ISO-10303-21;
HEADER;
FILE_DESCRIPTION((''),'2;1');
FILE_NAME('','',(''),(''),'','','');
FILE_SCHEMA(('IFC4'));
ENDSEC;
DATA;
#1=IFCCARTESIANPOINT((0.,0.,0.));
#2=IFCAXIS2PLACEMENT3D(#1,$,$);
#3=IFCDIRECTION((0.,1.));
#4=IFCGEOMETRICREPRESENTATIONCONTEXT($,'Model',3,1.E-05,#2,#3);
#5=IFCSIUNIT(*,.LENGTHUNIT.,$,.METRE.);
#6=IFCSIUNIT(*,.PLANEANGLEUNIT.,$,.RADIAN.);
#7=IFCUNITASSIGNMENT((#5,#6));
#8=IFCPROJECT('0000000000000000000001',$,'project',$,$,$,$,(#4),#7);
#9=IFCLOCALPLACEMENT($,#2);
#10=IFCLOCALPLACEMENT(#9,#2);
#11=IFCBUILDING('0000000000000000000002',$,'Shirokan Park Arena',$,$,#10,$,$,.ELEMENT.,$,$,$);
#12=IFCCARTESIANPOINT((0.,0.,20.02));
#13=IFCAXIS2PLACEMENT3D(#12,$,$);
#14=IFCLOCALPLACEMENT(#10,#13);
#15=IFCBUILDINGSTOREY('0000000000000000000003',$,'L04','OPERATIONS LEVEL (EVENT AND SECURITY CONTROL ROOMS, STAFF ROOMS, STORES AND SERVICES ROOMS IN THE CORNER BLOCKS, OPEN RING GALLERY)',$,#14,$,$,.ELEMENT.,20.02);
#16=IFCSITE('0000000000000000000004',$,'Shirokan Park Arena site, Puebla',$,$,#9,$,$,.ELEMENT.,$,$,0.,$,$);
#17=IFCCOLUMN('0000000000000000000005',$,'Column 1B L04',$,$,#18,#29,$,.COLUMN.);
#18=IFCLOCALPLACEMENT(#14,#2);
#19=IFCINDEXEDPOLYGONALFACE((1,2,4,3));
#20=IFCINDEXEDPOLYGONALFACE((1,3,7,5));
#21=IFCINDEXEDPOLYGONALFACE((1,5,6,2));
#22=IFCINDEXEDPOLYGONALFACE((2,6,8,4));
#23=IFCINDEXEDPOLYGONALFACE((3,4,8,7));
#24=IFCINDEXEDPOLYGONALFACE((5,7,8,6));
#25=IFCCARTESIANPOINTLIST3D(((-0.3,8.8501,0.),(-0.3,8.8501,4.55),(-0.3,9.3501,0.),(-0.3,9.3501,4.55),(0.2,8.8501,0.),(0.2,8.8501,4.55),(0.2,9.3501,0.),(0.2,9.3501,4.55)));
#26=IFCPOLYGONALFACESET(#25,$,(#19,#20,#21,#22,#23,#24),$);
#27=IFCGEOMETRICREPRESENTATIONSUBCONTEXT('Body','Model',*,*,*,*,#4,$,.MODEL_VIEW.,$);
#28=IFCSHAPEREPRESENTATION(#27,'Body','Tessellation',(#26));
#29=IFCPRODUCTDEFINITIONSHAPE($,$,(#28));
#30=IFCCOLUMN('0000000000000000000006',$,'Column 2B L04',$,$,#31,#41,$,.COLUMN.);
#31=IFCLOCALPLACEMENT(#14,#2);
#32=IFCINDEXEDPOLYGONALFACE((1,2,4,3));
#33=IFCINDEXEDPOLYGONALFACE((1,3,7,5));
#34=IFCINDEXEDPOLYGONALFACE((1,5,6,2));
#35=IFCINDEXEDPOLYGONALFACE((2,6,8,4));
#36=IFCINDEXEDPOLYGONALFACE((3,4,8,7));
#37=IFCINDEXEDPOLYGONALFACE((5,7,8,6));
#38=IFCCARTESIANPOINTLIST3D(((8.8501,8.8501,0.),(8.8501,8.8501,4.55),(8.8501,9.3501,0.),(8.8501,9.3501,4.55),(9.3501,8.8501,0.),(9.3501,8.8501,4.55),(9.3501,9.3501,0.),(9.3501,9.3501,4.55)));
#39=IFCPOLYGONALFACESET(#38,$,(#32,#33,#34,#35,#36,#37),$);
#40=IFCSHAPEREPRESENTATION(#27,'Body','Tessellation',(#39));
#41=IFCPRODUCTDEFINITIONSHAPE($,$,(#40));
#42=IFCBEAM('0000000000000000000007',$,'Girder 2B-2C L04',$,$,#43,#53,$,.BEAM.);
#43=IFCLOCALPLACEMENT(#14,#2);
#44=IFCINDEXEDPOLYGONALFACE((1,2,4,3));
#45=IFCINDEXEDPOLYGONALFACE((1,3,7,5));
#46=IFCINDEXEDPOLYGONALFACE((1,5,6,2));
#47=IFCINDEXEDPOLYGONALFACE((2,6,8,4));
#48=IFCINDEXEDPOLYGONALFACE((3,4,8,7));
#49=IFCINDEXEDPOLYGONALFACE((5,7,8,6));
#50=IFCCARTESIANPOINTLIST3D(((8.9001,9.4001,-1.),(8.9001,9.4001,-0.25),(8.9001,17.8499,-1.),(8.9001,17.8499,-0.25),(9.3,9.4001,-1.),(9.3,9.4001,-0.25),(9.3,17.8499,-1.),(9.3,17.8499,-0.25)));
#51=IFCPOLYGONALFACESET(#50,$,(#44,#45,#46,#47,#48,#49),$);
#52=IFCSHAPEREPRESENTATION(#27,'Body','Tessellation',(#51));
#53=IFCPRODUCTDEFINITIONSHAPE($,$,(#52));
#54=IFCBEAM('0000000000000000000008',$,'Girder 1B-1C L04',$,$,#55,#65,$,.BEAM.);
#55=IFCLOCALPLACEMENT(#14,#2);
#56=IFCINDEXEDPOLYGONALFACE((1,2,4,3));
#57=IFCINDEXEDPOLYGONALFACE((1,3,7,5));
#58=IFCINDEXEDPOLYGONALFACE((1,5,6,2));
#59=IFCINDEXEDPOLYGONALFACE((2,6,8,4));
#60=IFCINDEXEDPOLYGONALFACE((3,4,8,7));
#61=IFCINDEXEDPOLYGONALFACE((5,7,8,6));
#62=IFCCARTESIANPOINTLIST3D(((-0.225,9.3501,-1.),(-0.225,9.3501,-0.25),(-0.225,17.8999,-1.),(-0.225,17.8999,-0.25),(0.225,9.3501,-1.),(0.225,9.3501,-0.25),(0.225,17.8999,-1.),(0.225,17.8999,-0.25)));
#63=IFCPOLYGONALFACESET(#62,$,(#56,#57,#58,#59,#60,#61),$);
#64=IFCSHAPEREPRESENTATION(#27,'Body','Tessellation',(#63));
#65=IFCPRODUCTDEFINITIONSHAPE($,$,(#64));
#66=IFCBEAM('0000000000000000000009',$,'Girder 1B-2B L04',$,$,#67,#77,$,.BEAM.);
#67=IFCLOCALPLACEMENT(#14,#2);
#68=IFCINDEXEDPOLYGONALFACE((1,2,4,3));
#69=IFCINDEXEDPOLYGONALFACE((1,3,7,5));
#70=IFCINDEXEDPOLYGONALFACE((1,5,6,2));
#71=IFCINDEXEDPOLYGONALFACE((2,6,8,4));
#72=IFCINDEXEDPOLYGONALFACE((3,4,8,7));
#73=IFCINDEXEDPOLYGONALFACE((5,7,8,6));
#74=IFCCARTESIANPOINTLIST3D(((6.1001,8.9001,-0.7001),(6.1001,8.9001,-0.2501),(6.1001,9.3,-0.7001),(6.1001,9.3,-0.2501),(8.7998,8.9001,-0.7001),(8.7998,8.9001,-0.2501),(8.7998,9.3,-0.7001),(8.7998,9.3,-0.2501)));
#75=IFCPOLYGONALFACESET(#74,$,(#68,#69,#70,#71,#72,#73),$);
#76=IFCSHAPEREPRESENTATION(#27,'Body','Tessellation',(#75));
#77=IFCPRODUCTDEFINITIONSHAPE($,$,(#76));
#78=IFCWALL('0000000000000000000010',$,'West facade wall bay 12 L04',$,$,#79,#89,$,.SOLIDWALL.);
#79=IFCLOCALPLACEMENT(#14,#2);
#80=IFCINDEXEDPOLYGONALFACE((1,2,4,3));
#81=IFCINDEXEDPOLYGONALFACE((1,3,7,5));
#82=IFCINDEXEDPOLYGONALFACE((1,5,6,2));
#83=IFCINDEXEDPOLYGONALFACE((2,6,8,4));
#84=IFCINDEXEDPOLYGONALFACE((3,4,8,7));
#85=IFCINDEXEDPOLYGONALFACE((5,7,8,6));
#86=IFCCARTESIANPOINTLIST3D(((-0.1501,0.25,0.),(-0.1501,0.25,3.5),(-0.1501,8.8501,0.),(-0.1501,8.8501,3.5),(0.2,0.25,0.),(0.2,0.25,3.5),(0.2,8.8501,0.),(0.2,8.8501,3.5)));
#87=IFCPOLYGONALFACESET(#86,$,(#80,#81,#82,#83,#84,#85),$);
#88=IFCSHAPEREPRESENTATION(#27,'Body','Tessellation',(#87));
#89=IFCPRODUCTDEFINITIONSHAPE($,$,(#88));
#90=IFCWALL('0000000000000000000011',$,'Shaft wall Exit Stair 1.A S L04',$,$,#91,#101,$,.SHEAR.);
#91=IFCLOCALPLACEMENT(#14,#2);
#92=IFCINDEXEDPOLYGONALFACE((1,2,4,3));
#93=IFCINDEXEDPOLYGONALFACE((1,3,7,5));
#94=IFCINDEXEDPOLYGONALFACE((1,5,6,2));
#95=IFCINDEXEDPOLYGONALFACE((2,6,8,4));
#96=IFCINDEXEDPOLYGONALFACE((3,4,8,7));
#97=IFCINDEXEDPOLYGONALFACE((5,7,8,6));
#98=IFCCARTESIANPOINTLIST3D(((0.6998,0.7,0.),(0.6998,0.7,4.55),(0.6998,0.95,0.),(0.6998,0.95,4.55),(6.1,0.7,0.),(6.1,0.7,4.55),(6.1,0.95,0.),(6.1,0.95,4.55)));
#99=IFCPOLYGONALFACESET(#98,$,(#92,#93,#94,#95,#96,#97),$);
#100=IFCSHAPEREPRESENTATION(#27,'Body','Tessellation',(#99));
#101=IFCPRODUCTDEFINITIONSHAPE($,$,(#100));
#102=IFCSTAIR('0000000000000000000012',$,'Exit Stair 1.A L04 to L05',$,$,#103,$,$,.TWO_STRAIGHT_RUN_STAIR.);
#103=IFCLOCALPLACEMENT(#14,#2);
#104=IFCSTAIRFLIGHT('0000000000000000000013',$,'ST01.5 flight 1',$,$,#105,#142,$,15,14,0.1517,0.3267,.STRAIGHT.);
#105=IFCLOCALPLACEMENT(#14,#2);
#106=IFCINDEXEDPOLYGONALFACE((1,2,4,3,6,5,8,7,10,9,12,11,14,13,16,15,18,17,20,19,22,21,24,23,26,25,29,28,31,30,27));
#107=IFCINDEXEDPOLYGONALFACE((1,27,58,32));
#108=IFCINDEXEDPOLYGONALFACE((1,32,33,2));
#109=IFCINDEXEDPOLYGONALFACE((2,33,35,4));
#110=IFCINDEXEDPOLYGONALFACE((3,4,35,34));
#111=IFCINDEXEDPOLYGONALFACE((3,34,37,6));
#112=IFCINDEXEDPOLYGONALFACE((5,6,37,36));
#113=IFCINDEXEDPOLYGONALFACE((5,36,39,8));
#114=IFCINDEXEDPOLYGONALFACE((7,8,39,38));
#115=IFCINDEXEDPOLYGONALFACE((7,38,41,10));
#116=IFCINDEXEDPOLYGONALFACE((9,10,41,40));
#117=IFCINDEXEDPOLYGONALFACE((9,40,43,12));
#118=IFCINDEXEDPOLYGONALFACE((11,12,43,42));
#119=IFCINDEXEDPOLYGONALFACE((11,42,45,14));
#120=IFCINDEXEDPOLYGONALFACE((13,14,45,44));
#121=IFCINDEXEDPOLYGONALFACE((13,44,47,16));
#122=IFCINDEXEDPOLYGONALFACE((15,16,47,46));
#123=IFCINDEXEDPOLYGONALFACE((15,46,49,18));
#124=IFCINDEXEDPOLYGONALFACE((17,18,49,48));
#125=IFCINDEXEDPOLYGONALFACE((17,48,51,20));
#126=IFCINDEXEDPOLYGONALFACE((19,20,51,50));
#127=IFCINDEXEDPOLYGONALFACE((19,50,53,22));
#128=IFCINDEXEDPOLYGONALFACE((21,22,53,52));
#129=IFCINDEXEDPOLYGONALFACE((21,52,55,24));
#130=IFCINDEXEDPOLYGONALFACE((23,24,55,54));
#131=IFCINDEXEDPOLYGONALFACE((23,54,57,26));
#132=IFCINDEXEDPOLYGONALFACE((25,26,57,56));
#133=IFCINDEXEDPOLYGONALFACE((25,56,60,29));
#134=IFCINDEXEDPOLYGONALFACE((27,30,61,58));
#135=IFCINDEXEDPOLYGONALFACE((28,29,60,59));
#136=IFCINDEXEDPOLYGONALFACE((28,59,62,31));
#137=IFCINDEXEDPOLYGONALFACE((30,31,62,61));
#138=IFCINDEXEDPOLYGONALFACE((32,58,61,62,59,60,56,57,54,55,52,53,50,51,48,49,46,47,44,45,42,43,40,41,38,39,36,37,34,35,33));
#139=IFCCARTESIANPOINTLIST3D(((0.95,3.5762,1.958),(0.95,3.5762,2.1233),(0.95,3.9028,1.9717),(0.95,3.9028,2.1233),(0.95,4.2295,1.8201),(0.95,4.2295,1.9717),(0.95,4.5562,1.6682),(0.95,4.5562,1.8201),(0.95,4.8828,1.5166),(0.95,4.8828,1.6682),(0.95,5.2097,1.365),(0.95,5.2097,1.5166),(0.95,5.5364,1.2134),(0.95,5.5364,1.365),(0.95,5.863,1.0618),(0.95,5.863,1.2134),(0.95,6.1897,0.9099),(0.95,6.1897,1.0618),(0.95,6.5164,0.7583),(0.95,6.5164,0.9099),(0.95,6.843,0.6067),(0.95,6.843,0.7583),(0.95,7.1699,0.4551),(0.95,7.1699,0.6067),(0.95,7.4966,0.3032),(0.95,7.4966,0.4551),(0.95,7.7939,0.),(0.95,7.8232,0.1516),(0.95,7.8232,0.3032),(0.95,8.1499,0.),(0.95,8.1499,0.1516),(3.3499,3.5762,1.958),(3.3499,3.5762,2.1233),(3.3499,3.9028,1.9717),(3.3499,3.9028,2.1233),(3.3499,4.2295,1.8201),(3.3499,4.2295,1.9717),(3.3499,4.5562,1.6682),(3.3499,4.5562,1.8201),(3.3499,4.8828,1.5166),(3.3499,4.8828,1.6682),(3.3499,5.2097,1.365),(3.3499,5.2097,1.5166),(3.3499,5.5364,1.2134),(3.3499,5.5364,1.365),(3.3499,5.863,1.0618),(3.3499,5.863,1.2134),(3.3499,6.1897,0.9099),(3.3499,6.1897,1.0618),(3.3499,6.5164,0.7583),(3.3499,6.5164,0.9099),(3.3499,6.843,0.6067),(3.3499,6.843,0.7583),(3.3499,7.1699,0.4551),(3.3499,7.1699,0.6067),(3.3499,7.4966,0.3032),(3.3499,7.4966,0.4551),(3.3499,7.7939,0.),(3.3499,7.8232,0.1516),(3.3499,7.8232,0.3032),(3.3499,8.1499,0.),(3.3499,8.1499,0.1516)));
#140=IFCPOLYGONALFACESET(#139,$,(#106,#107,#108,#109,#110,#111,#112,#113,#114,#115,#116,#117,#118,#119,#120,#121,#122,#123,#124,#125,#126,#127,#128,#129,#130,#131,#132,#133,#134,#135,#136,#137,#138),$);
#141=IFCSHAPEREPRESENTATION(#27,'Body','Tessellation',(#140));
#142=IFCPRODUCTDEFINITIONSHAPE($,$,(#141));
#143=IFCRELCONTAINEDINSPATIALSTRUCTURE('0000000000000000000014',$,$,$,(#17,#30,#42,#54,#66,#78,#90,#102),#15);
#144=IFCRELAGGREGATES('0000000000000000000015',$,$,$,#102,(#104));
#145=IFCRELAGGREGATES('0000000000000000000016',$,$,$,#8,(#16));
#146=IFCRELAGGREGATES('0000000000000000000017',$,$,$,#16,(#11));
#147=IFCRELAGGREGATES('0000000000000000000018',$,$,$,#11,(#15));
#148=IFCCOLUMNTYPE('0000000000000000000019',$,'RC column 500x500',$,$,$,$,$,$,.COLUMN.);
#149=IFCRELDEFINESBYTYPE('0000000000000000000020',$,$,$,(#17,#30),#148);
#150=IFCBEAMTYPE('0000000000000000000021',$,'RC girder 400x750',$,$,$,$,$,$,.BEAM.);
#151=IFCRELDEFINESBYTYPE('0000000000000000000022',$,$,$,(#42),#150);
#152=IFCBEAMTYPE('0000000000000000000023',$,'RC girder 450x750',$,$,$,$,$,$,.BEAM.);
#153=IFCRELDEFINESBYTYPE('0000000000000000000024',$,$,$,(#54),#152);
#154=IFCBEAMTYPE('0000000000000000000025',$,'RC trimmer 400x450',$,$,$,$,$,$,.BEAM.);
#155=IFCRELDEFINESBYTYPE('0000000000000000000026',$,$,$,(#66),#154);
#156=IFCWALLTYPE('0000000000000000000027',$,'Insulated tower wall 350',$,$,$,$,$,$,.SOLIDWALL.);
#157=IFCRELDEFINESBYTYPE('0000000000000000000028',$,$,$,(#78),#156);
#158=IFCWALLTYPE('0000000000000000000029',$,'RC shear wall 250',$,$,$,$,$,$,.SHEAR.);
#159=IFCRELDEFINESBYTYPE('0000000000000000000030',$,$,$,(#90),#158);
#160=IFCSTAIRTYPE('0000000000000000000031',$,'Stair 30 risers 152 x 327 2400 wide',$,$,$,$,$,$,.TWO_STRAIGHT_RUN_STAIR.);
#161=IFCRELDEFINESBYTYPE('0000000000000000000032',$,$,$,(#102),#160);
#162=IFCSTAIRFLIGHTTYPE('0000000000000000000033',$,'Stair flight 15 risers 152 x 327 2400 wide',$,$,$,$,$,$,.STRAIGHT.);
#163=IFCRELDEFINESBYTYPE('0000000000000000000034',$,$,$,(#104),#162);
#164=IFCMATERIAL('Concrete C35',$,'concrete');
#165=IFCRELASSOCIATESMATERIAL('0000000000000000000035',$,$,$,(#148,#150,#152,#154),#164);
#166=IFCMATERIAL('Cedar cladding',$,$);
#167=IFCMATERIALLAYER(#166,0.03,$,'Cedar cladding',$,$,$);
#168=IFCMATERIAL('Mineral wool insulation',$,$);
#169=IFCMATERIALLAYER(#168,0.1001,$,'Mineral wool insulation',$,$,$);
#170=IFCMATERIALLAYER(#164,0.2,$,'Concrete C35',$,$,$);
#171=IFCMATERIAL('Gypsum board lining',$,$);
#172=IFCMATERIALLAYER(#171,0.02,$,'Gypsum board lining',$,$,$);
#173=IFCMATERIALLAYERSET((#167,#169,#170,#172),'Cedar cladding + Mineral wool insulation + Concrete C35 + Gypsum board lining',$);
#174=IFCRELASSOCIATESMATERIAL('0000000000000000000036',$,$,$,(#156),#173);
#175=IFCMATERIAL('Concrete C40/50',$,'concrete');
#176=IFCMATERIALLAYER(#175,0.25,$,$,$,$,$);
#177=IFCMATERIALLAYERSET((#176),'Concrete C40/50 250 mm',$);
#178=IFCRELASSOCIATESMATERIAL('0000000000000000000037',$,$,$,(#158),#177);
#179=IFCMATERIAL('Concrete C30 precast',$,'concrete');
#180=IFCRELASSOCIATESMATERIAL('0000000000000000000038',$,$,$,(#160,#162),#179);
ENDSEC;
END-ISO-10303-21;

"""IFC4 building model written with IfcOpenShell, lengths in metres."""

from ifc_helpers import new_model, si_unit, direction, frame, frame_2d, origin, origin_2d, place, context, subcontext, project, spatial, polyline, rectangle, outline, extrude, material, layer, layer_set, material_profile, profile_set, type_object, element, aggregate, save


model = new_model("IFC4")

# Units and contexts
model_context = context("Model", 3, precision=1e-05, world=origin(), true_north=direction((0.0, 1.0)))
body_context = subcontext(model_context, "Body", "Model", "MODEL_VIEW")
ifc_project = project(units=[si_unit("LENGTHUNIT", "METRE"), si_unit("PLANEANGLEUNIT", "RADIAN")], contexts=[model_context])

# Site, building, storey
site_placement = place(None, origin())
site = spatial("IfcSite", under=ifc_project, at=site_placement, Name="Shirokan Park Arena site, Puebla", CompositionType="ELEMENT", RefElevation=0.0)
building_placement = place(site_placement, origin())
building = spatial("IfcBuilding", under=site, at=building_placement, Name="Shirokan Park Arena", CompositionType="ELEMENT")
storey_placement = place(building_placement, frame((0.0, 0.0, 20.02)))
storey = spatial("IfcBuildingStorey", under=building, at=storey_placement, Name="L04", Description="OPERATIONS LEVEL (EVENT AND SECURITY CONTROL ROOMS, STAFF ROOMS, STORES AND SERVICES ROOMS IN THE CORNER BLOCKS, OPEN RING GALLERY)", CompositionType="ELEMENT", Elevation=20.02)

# Columns
ifc_material_1 = material(Name="Concrete C35", Category="concrete")
ifc_material_profile_1 = material_profile(ifc_material_1, rectangle(XDim=0.5, YDim=0.5, at=origin_2d()), Name="500x500")
ifc_profile_set_1 = profile_set([ifc_material_profile_1], Name="Concrete C35")
column_type = type_object("IfcColumnType", Name="RC column 500x500", PredefinedType="COLUMN", material=ifc_profile_set_1)
for number, where, z_axis, x_axis, name in (
    (1, (-0.05, 9.1001, 0.0), (0.0, 0.0, 1.0), (1.0, 0.0, 0.0), "Column 1B L04"),
    (2, (9.1001, 9.1001, 0.0), (0.0, 0.0, 1.0), (1.0, 0.0, 0.0), "Column 2B L04"),
):
    element("IfcColumn", number, at=place(storey_placement, frame(where, z_axis=z_axis, x_axis=x_axis)), inside=storey, type_object=column_type, Name=name, PredefinedType="COLUMN", context=body_context, shape_type="SweptSolid", body=[
        extrude(rectangle(XDim=0.5, YDim=0.5, at=origin_2d()), origin(), (0.0, 0.0, 1.0), 4.55),
    ])

# Beams
ifc_material_profile_2 = material_profile(ifc_material_1, rectangle(XDim=0.3999, YDim=0.75, at=origin_2d()), Name="400x750")
ifc_profile_set_2 = profile_set([ifc_material_profile_2], Name="Concrete C35")
beam_type_1 = type_object("IfcBeamType", Name="RC girder 400x750", PredefinedType="BEAM", material=ifc_profile_set_2)
beam_1_placement = place(storey_placement, frame((9.1001, 9.4001, -0.625), z_axis=(0.0, 1.0, 0.0), x_axis=(-1.0, 0.0, 0.0)))
element("IfcBeam", 3, at=beam_1_placement, inside=storey, type_object=beam_type_1, Name="Girder 2B-2C L04", PredefinedType="BEAM", context=body_context, shape_type="SweptSolid", body=[
    extrude(rectangle(XDim=0.3999, YDim=0.75, at=origin_2d()), origin(), (0.0, 0.0, 1.0), 8.4497),
])
ifc_material_profile_3 = material_profile(ifc_material_1, rectangle(XDim=0.45, YDim=0.75, at=origin_2d()), Name="450x750")
ifc_profile_set_3 = profile_set([ifc_material_profile_3], Name="Concrete C35")
beam_type_2 = type_object("IfcBeamType", Name="RC girder 450x750", PredefinedType="BEAM", material=ifc_profile_set_3)
beam_2_placement = place(storey_placement, frame((0.0, 9.3501, -0.625), z_axis=(0.0, 1.0, 0.0), x_axis=(-1.0, 0.0, 0.0)))
element("IfcBeam", 4, at=beam_2_placement, inside=storey, type_object=beam_type_2, Name="Girder 1B-1C L04", PredefinedType="BEAM", context=body_context, shape_type="SweptSolid", body=[
    extrude(rectangle(XDim=0.45, YDim=0.75, at=origin_2d()), origin(), (0.0, 0.0, 1.0), 8.5498),
])
ifc_material_profile_4 = material_profile(ifc_material_1, rectangle(XDim=0.3999, YDim=0.45, at=origin_2d()), Name="400x450")
ifc_profile_set_4 = profile_set([ifc_material_profile_4], Name="Concrete C35")
beam_type_3 = type_object("IfcBeamType", Name="RC trimmer 400x450", PredefinedType="BEAM", material=ifc_profile_set_4)
beam_3_placement = place(storey_placement, frame((6.1001, 9.1001, -0.4751), z_axis=(1.0, 0.0, 0.0), x_axis=(0.0, 1.0, 0.0)))
element("IfcBeam", 5, at=beam_3_placement, inside=storey, type_object=beam_type_3, Name="Girder 1B-2B L04", PredefinedType="BEAM", context=body_context, shape_type="SweptSolid", body=[
    extrude(rectangle(XDim=0.3999, YDim=0.45, at=origin_2d()), origin(), (0.0, 0.0, 1.0), 2.6997),
])

# Walls
ifc_material_2 = material(Name="Cedar cladding")
ifc_layer_1 = layer(ifc_material_2, 0.03, Name="Cedar cladding")
ifc_material_3 = material(Name="Mineral wool insulation")
ifc_layer_2 = layer(ifc_material_3, 0.1001, Name="Mineral wool insulation")
ifc_layer_3 = layer(ifc_material_1, 0.2, Name="Concrete C35")
ifc_material_4 = material(Name="Gypsum board lining")
ifc_layer_4 = layer(ifc_material_4, 0.02, Name="Gypsum board lining")
ifc_layer_set_1 = layer_set([ifc_layer_1, ifc_layer_2, ifc_layer_3, ifc_layer_4], Name="Cedar cladding + Mineral wool insulation + Concrete C35 + Gypsum board lining")
wall_type_1 = type_object("IfcWallType", Name="Insulated tower wall 350", PredefinedType="SOLIDWALL", material=ifc_layer_set_1)
wall_1_placement = place(storey_placement, frame((0.0249, 8.8501, 0.0), z_axis=(0.0, 0.0, 1.0), x_axis=(0.0, -1.0, 0.0)))
element("IfcWall", 6, at=wall_1_placement, inside=storey, type_object=wall_type_1, Name="West facade wall bay 12 L04", PredefinedType="SOLIDWALL", context=body_context, shape_type="SweptSolid", body=[
    extrude(rectangle(XDim=8.6001, YDim=0.3501, at=frame_2d((4.3, 0.0))), origin(), (0.0, 0.0, 1.0), 3.5),
])
ifc_material_5 = material(Name="Concrete C40/50", Category="concrete")
ifc_layer_5 = layer(ifc_material_5, 0.25)
ifc_layer_set_2 = layer_set([ifc_layer_5], Name="Concrete C40/50 250 mm")
wall_type_2 = type_object("IfcWallType", Name="RC shear wall 250", PredefinedType="SHEAR", material=ifc_layer_set_2)
wall_2_placement = place(storey_placement, frame((6.1001, 0.825, 0.0), z_axis=(0.0, 0.0, 1.0), x_axis=(-1.0, 0.0, 0.0)))
element("IfcWall", 7, at=wall_2_placement, inside=storey, type_object=wall_type_2, Name="Shaft wall Exit Stair 1.A S L04", PredefinedType="SHEAR", context=body_context, shape_type="SweptSolid", body=[
    extrude(rectangle(XDim=5.4001, YDim=0.25, at=frame_2d((2.7002, 0.0))), origin(), (0.0, 0.0, 1.0), 4.55),
])

# Stair, stair flight
ifc_material_6 = material(Name="Concrete C30 precast", Category="concrete")
stair_type = type_object("IfcStairType", Name="Stair 30 risers 152 x 327 2400 wide", PredefinedType="TWO_STRAIGHT_RUN_STAIR", material=ifc_material_6)
stair_placement = place(storey_placement, origin())
stair = element("IfcStair", 8, at=stair_placement, inside=storey, type_object=stair_type, Name="Exit Stair 1.A L04 to L05", PredefinedType="TWO_STRAIGHT_RUN_STAIR")
stair_flight_type = type_object("IfcStairFlightType", Name="Stair flight 15 risers 152 x 327 2400 wide", PredefinedType="STRAIGHT", material=ifc_material_6)
stair_flight_1_placement = place(storey_placement, frame((2.1499, 8.1499, 0.0), z_axis=(0.0, 0.0, 1.0), x_axis=(0.0, -1.0, 0.0)))
stair_flight_1 = element("IfcStairFlight", 9, at=stair_flight_1_placement, type_object=stair_flight_type, Name="ST01.5 flight 1", NumberOfRisers=15, NumberOfTreads=14, PredefinedType="STRAIGHT", RiserHeight=0.1517, TreadLength=0.3267, context=body_context, shape_type="SweptSolid", body=[
    extrude(outline(polyline([(0.0, 0.0), (0.0, 0.1516), (0.3267, 0.1516), (0.3267, 0.3032), (0.6533, 0.3032), (0.6533, 0.4551), (0.98, 0.4551), (0.98, 0.6067), (1.3069, 0.6067), (1.3069, 0.7583), (1.6335, 0.7583), (1.6335, 0.9099), (1.9602, 0.9099), (1.9602, 1.0618), (2.2869, 1.0618), (2.2869, 1.2134), (2.6135, 1.2134), (2.6135, 1.365), (2.9402, 1.365), (2.9402, 1.5166), (3.2671, 1.5166), (3.2671, 1.6682), (3.5938, 1.6682), (3.5938, 1.8201), (3.9204, 1.8201), (3.9204, 1.9717), (4.2471, 1.9717), (4.2471, 2.1233), (4.5737, 2.1233), (4.5737, 2.2749), (4.5737, 1.958), (0.356, 0.0), (0.0, 0.0)])), frame((0.0, 1.2, 0.0), z_axis=(0.0, -1.0, 0.0), x_axis=(1.0, 0.0, 0.0)), (0.0, 0.0, 1.0), 2.3999),
])
aggregate(stair, [stair_flight_1])

save(model, "model.ifc")
